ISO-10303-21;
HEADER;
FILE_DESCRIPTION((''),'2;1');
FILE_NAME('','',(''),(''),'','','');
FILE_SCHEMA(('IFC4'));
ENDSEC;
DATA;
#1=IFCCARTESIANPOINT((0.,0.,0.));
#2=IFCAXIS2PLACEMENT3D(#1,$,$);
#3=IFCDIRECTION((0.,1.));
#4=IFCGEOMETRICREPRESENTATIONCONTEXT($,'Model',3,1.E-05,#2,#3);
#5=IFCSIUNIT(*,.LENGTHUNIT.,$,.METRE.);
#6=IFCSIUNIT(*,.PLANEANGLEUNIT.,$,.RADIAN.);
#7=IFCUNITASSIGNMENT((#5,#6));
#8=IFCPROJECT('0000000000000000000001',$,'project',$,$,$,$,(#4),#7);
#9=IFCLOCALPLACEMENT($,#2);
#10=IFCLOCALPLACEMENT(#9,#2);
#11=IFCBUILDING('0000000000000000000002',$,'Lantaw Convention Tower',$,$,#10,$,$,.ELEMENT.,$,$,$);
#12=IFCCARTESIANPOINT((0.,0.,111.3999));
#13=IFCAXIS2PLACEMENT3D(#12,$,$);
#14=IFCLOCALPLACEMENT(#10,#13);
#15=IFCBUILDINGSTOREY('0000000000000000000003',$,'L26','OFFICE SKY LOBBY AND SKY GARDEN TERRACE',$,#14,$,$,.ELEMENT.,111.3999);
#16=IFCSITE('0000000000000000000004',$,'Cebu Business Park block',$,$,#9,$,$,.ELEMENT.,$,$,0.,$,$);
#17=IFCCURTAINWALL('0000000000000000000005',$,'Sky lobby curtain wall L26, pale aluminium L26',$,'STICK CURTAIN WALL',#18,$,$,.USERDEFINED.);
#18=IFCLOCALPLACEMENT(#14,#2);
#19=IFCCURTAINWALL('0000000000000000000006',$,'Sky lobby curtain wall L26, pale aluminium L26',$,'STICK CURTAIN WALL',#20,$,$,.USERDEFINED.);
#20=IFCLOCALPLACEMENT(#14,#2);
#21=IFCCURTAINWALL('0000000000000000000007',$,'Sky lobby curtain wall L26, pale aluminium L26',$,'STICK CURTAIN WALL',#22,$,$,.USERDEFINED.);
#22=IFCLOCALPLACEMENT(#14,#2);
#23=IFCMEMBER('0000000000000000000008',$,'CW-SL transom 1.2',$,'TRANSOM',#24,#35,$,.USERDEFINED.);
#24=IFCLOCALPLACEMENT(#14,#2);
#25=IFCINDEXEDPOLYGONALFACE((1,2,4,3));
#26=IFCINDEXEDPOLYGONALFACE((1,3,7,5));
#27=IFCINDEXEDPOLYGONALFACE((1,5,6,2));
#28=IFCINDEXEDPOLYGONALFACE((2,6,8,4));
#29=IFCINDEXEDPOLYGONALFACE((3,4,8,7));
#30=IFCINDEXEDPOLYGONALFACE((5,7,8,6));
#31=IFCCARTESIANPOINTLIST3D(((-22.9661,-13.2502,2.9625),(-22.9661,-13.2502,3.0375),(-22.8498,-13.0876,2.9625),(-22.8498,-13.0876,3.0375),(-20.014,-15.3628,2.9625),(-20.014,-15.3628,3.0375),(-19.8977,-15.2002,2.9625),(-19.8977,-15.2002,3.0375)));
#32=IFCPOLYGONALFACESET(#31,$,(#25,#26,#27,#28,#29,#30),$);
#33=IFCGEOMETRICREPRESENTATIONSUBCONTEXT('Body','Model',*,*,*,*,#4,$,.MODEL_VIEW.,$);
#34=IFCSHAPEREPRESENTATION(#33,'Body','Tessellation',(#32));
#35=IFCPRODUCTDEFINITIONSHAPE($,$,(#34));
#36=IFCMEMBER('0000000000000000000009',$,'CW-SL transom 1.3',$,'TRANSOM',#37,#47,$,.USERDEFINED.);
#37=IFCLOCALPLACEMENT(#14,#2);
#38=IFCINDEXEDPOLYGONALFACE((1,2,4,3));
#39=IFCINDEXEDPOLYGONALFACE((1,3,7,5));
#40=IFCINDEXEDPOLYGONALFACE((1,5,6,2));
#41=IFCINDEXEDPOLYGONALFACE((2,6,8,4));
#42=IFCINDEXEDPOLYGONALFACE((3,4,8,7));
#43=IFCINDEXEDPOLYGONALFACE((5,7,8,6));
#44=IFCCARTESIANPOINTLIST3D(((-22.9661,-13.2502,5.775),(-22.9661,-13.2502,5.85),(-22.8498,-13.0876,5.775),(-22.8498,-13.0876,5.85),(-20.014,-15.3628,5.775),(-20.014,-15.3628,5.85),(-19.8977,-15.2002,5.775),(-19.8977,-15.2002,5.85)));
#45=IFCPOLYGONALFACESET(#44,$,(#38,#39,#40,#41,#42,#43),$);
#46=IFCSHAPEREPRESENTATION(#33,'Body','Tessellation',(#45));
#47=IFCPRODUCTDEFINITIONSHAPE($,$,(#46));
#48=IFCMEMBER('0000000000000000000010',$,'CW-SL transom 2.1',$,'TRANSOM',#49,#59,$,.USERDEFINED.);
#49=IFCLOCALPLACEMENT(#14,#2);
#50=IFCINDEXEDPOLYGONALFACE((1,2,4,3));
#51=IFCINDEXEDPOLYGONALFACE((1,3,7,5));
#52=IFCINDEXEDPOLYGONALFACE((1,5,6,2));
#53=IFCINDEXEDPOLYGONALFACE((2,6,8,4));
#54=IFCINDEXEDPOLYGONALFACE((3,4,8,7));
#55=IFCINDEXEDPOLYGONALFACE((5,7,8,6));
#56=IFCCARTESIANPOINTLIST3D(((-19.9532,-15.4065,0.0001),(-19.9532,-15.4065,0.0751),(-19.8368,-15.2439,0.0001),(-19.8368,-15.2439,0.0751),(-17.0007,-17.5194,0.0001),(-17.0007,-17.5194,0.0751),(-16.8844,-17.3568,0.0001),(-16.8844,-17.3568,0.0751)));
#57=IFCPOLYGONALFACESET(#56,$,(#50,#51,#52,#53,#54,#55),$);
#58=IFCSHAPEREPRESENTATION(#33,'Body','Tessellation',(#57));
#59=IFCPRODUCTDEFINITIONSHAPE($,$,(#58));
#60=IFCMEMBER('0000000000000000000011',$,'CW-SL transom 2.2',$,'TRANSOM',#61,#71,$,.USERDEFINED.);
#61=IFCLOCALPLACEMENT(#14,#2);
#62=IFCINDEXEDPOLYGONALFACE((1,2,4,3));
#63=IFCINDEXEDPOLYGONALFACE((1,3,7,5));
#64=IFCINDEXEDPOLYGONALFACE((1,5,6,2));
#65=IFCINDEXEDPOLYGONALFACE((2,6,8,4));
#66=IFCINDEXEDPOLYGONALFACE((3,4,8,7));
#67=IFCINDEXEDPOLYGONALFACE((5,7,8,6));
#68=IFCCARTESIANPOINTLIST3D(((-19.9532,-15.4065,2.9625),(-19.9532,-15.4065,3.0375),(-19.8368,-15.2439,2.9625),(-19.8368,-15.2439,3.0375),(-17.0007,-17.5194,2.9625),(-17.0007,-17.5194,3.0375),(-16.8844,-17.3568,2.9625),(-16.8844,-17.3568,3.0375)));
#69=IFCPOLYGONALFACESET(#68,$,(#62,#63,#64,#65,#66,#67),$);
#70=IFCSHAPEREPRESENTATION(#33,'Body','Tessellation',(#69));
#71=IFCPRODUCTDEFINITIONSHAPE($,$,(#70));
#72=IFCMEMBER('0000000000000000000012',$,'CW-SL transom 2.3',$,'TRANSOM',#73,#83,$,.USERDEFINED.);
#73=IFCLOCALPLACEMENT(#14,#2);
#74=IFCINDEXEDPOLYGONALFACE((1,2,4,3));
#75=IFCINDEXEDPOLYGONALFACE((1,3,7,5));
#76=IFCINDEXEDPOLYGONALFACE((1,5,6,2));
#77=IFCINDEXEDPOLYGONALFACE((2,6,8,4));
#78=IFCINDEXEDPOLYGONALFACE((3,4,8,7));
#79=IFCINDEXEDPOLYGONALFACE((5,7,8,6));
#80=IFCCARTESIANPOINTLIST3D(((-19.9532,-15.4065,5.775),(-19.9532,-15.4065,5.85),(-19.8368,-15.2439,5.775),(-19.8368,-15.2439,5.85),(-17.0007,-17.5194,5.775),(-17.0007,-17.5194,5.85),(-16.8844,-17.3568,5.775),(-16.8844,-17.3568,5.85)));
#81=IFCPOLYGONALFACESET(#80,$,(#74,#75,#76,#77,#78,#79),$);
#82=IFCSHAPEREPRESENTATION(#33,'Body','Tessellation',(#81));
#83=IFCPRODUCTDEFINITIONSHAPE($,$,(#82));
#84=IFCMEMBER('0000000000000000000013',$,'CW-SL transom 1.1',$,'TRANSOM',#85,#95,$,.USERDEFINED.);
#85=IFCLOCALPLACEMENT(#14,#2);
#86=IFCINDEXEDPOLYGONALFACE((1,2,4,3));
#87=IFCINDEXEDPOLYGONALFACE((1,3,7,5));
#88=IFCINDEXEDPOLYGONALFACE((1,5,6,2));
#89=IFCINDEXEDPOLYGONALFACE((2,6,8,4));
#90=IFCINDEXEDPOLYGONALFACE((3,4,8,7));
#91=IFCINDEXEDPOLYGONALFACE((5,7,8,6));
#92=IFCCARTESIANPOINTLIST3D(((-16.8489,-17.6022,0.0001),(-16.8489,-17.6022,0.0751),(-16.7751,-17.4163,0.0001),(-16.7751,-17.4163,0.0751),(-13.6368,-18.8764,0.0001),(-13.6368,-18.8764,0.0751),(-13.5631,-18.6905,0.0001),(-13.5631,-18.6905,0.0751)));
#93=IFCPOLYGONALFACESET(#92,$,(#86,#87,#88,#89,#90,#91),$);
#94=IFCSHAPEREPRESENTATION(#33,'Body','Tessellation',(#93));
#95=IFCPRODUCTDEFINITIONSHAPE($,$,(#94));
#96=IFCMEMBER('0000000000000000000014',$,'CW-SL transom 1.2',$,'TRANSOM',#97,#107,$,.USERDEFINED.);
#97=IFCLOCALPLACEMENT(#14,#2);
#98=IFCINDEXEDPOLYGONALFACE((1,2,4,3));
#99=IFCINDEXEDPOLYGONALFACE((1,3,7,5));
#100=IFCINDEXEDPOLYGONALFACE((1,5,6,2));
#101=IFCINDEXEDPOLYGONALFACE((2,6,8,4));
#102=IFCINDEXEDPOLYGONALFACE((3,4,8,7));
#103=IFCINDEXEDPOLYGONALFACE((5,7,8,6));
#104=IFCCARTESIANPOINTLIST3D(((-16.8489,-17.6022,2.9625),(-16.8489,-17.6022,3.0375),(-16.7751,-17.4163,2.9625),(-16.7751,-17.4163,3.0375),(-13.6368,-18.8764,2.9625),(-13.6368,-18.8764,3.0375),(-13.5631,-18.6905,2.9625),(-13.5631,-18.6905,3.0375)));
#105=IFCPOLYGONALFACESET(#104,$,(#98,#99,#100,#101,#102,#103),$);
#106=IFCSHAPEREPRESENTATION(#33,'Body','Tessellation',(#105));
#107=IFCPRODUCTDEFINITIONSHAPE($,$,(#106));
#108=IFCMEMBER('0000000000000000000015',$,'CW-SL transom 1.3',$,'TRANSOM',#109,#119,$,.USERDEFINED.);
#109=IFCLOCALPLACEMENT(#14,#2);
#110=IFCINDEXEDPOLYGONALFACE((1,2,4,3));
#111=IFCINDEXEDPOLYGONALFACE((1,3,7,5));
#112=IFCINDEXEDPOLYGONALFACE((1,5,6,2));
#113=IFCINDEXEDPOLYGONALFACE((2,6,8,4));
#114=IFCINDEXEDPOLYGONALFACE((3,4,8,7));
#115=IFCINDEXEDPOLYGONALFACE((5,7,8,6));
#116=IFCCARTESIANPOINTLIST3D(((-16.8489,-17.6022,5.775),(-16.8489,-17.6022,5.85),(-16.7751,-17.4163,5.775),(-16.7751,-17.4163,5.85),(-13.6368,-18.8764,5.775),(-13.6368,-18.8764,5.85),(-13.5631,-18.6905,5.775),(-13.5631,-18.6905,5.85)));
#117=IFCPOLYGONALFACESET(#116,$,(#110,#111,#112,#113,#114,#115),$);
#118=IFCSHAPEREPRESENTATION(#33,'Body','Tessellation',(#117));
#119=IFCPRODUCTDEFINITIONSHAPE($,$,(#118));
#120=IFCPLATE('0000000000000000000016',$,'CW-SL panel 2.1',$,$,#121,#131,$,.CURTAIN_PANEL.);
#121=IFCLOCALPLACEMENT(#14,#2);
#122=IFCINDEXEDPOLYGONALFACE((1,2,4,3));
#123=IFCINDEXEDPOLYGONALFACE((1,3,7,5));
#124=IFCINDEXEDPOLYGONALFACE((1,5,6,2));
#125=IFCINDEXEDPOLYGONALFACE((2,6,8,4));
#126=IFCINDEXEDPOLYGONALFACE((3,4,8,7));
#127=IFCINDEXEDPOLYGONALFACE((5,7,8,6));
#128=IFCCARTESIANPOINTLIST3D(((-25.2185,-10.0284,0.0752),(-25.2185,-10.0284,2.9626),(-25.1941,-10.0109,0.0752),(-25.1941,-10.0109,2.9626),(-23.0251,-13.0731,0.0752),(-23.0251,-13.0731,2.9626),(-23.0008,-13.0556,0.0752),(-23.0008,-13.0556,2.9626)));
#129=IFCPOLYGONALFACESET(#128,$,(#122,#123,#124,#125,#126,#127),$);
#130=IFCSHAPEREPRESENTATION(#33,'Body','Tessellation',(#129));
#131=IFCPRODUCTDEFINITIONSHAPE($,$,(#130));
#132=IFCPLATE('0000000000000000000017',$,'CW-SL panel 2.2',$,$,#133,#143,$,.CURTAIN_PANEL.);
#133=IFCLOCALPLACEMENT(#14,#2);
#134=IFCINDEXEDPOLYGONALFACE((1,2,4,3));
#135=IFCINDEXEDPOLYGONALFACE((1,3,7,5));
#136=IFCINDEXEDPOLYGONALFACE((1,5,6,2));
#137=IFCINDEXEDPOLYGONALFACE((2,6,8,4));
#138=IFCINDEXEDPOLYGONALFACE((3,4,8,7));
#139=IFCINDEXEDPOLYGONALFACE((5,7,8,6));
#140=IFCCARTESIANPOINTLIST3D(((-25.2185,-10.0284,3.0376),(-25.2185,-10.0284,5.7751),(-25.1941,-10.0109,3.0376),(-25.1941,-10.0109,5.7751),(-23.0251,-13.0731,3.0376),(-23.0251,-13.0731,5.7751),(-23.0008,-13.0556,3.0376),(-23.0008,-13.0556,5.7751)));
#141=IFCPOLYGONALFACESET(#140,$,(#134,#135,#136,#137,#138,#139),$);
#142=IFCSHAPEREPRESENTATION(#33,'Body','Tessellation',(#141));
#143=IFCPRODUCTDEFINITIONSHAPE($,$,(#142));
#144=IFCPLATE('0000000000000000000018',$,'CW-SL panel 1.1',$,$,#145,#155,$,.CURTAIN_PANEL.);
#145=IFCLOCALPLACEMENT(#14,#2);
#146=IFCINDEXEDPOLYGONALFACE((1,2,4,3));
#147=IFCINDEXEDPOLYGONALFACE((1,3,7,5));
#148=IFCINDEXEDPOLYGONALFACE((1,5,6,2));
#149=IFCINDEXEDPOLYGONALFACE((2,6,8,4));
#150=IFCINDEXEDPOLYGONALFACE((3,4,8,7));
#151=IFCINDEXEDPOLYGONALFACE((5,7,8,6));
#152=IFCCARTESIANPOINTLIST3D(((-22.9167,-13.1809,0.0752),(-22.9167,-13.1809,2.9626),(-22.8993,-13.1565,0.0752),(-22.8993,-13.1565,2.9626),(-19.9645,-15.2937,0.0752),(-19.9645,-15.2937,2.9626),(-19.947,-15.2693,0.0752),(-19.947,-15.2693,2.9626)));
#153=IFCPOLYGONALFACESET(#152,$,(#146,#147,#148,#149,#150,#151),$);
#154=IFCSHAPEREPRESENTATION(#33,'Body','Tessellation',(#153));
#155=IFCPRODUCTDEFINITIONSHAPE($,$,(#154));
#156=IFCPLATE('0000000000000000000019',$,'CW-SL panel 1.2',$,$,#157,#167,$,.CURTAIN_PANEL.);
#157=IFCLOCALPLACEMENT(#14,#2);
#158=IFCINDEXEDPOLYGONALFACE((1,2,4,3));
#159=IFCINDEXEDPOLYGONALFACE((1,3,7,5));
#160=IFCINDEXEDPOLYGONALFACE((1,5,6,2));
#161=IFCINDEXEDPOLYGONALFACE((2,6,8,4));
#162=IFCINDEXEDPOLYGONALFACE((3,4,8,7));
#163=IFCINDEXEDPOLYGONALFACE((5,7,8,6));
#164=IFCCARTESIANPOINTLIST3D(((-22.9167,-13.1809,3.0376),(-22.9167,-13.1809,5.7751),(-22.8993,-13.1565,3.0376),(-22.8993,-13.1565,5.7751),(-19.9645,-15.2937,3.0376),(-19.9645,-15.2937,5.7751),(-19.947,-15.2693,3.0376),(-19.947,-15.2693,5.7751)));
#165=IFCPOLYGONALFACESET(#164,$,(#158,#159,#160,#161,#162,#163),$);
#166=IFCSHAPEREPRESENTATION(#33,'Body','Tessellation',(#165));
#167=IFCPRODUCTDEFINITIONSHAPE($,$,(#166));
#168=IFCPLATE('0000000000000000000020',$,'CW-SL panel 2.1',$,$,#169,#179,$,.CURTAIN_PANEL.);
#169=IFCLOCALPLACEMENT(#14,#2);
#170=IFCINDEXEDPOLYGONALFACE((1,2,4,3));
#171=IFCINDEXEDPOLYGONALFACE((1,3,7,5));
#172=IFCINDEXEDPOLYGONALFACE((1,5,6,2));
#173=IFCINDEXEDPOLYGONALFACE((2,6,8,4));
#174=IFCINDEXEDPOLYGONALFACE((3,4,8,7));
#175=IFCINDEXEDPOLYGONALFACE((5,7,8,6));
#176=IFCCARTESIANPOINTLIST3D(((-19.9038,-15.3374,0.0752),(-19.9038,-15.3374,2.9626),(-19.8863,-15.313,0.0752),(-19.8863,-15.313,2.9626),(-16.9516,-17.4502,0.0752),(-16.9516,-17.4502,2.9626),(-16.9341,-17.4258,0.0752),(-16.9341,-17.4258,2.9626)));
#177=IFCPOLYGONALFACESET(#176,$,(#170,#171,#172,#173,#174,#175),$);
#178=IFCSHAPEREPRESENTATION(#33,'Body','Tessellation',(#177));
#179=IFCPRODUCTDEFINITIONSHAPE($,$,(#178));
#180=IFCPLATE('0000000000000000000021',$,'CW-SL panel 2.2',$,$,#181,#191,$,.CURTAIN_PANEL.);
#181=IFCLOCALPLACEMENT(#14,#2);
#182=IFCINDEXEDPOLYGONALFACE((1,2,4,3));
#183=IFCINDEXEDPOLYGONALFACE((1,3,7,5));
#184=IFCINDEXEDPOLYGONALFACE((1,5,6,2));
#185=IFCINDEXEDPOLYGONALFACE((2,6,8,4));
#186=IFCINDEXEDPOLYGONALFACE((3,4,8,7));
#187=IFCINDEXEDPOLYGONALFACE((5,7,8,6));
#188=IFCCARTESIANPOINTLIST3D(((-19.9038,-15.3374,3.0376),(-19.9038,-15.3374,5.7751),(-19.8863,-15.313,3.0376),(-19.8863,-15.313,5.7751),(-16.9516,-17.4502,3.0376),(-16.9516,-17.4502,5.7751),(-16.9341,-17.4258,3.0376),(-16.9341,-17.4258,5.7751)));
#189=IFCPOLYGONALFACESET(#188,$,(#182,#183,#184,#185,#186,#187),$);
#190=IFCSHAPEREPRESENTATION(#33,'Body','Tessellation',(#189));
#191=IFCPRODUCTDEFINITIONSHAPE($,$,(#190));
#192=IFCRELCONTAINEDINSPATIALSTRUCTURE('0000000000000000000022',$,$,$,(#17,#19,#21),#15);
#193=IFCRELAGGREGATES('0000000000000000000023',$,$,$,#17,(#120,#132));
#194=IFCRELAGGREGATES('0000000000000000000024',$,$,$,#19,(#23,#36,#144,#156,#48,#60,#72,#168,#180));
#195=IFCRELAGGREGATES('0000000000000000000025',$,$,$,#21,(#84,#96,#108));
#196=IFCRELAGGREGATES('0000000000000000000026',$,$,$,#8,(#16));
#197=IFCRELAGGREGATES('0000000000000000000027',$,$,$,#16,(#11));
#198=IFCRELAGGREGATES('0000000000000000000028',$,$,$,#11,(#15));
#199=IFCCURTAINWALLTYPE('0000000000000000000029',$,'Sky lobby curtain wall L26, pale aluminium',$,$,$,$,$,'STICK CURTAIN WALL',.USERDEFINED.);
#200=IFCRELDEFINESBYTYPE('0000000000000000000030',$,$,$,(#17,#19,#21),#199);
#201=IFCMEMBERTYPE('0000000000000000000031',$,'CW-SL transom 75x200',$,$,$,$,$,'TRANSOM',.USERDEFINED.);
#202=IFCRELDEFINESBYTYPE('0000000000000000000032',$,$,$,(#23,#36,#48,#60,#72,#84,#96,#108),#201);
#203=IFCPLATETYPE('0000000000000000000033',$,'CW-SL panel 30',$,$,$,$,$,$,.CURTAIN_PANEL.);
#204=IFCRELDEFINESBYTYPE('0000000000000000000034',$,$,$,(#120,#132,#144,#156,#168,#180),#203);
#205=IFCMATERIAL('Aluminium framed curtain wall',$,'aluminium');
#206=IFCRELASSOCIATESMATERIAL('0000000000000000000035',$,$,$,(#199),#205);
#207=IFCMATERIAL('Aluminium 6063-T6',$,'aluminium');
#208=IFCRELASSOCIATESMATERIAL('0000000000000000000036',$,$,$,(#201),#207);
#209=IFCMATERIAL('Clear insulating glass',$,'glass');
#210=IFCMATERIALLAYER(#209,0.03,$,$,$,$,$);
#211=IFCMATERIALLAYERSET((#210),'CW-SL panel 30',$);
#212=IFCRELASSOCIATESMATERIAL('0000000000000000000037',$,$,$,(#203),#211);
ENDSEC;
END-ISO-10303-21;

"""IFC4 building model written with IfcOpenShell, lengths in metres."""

from ifc_helpers import new_model, si_unit, direction, frame, origin, origin_2d, place, context, subcontext, project, spatial, rectangle, extrude, material, layer, layer_set, material_profile, profile_set, type_object, element, aggregate, save


model = new_model("IFC4")

# Units and contexts
model_context = context("Model", 3, precision=1e-05, world=origin(), true_north=direction((0.0, 1.0)))
body_context = subcontext(model_context, "Body", "Model", "MODEL_VIEW")
ifc_project = project(units=[si_unit("LENGTHUNIT", "METRE"), si_unit("PLANEANGLEUNIT", "RADIAN")], contexts=[model_context])

# Site, building, storey
site_placement = place(None, origin())
site = spatial("IfcSite", under=ifc_project, at=site_placement, Name="Cebu Business Park block", CompositionType="ELEMENT", RefElevation=0.0)
building_placement = place(site_placement, origin())
building = spatial("IfcBuilding", under=site, at=building_placement, Name="Lantaw Convention Tower", CompositionType="ELEMENT")
storey_placement = place(building_placement, frame((0.0, 0.0, 111.3999)))
storey = spatial("IfcBuildingStorey", under=building, at=storey_placement, Name="L26", Description="OFFICE SKY LOBBY AND SKY GARDEN TERRACE", CompositionType="ELEMENT", Elevation=111.3999)

# Curtain wall
ifc_material_1 = material(Name="Aluminium framed curtain wall", Category="aluminium")
curtain_wall_type = type_object("IfcCurtainWallType", Name="Sky lobby curtain wall L26, pale aluminium", ElementType="STICK CURTAIN WALL", PredefinedType="USERDEFINED", material=ifc_material_1)
curtain_wall_1_placement = place(storey_placement, origin())
curtain_wall_1 = element("IfcCurtainWall", 1, at=curtain_wall_1_placement, inside=storey, type_object=curtain_wall_type, Name="Sky lobby curtain wall L26, pale aluminium L26", ObjectType="STICK CURTAIN WALL", PredefinedType="USERDEFINED")
ifc_material_2 = material(Name="Aluminium 6063-T6", Category="aluminium")

# Curtain walls
curtain_wall_2_placement = place(storey_placement, origin())
curtain_wall_2 = element("IfcCurtainWall", 2, at=curtain_wall_2_placement, inside=storey, type_object=curtain_wall_type, Name="Sky lobby curtain wall L26, pale aluminium L26", ObjectType="STICK CURTAIN WALL", PredefinedType="USERDEFINED")
curtain_wall_3_placement = place(storey_placement, origin())
curtain_wall_3 = element("IfcCurtainWall", 3, at=curtain_wall_3_placement, inside=storey, type_object=curtain_wall_type, Name="Sky lobby curtain wall L26, pale aluminium L26", ObjectType="STICK CURTAIN WALL", PredefinedType="USERDEFINED")

# Members
ifc_material_profile_1 = material_profile(ifc_material_2, rectangle(XDim=0.2, YDim=0.075, at=origin_2d()), Name="CW-SL transom 75x200")
ifc_profile_set_1 = profile_set([ifc_material_profile_1], Name="Aluminium 6063-T6")
member_type_1 = type_object("IfcMemberType", Name="CW-SL transom 75x200", ElementType="TRANSOM", PredefinedType="USERDEFINED", material=ifc_profile_set_1)
member_1_placement = place(storey_placement, frame((-22.908, -13.1689, 3.0), z_axis=(0.813229, -0.581944, 0.0), x_axis=(0.581944, 0.813229, 0.0)))
member_1 = element("IfcMember", 4, at=member_1_placement, type_object=member_type_1, Name="CW-SL transom 1.2", ObjectType="TRANSOM", PredefinedType="USERDEFINED", context=body_context, shape_type="SweptSolid", body=[
    extrude(rectangle(XDim=0.2, YDim=0.075, at=origin_2d()), origin(), (0.0, 0.0, 1.0), 3.6301),
])
member_2_placement = place(storey_placement, frame((-22.908, -13.1689, 5.8125), z_axis=(0.813229, -0.581944, 0.0), x_axis=(0.581944, 0.813229, 0.0)))
member_2 = element("IfcMember", 5, at=member_2_placement, type_object=member_type_1, Name="CW-SL transom 1.3", ObjectType="TRANSOM", PredefinedType="USERDEFINED", context=body_context, shape_type="SweptSolid", body=[
    extrude(rectangle(XDim=0.2, YDim=0.075, at=origin_2d()), origin(), (0.0, 0.0, 1.0), 3.6301),
])
member_3_placement = place(storey_placement, frame((-19.895, -15.3252, 0.0376), z_axis=(0.81322, -0.581957, 0.0), x_axis=(0.581957, 0.81322, 0.0)))
member_3 = element("IfcMember", 6, at=member_3_placement, type_object=member_type_1, Name="CW-SL transom 2.1", ObjectType="TRANSOM", PredefinedType="USERDEFINED", context=body_context, shape_type="SweptSolid", body=[
    extrude(rectangle(XDim=0.2, YDim=0.075, at=origin_2d()), origin(), (0.0, 0.0, 1.0), 3.6306),
])
member_4_placement = place(storey_placement, frame((-19.895, -15.3252, 3.0), z_axis=(0.81322, -0.581957, 0.0), x_axis=(0.581957, 0.81322, 0.0)))
member_4 = element("IfcMember", 7, at=member_4_placement, type_object=member_type_1, Name="CW-SL transom 2.2", ObjectType="TRANSOM", PredefinedType="USERDEFINED", context=body_context, shape_type="SweptSolid", body=[
    extrude(rectangle(XDim=0.2, YDim=0.075, at=origin_2d()), origin(), (0.0, 0.0, 1.0), 3.6306),
])
member_5_placement = place(storey_placement, frame((-19.895, -15.3252, 5.8125), z_axis=(0.81322, -0.581957, 0.0), x_axis=(0.581957, 0.81322, 0.0)))
member_5 = element("IfcMember", 8, at=member_5_placement, type_object=member_type_1, Name="CW-SL transom 2.3", ObjectType="TRANSOM", PredefinedType="USERDEFINED", context=body_context, shape_type="SweptSolid", body=[
    extrude(rectangle(XDim=0.2, YDim=0.075, at=origin_2d()), origin(), (0.0, 0.0, 1.0), 3.6306),
])
member_6_placement = place(storey_placement, frame((-16.812, -17.5093, 0.0376), z_axis=(0.92954, -0.368722, 0.0), x_axis=(0.368722, 0.92954, 0.0)))
member_6 = element("IfcMember", 9, at=member_6_placement, type_object=member_type_1, Name="CW-SL transom 1.1", ObjectType="TRANSOM", PredefinedType="USERDEFINED", context=body_context, shape_type="SweptSolid", body=[
    extrude(rectangle(XDim=0.2, YDim=0.075, at=origin_2d()), origin(), (0.0, 0.0, 1.0), 3.4556),
])
member_7_placement = place(storey_placement, frame((-16.812, -17.5093, 3.0), z_axis=(0.92954, -0.368722, 0.0), x_axis=(0.368722, 0.92954, 0.0)))
member_7 = element("IfcMember", 10, at=member_7_placement, type_object=member_type_1, Name="CW-SL transom 1.2", ObjectType="TRANSOM", PredefinedType="USERDEFINED", context=body_context, shape_type="SweptSolid", body=[
    extrude(rectangle(XDim=0.2, YDim=0.075, at=origin_2d()), origin(), (0.0, 0.0, 1.0), 3.4556),
])
member_8_placement = place(storey_placement, frame((-16.812, -17.5093, 5.8125), z_axis=(0.92954, -0.368722, 0.0), x_axis=(0.368722, 0.92954, 0.0)))
member_8 = element("IfcMember", 11, at=member_8_placement, type_object=member_type_1, Name="CW-SL transom 1.3", ObjectType="TRANSOM", PredefinedType="USERDEFINED", context=body_context, shape_type="SweptSolid", body=[
    extrude(rectangle(XDim=0.2, YDim=0.075, at=origin_2d()), origin(), (0.0, 0.0, 1.0), 3.4556),
])

# Plates
ifc_material_3 = material(Name="Clear insulating glass", Category="glass")
ifc_layer_1 = layer(ifc_material_3, 0.03)
ifc_layer_set_1 = layer_set([ifc_layer_1], Name="CW-SL panel 30")
plate_type_1 = type_object("IfcPlateType", Name="CW-SL panel 30", PredefinedType="CURTAIN_PANEL", material=ifc_layer_set_1)
plate_1_placement = place(storey_placement, frame((-24.1096, -11.542, 0.0752), z_axis=(0.0, 0.0, 1.0), x_axis=(0.584513, -0.811385, 0.0)))
plate_1 = element("IfcPlate", 12, at=plate_1_placement, type_object=plate_type_1, Name="CW-SL panel 2.1", PredefinedType="CURTAIN_PANEL", context=body_context, shape_type="SweptSolid", body=[
    extrude(rectangle(XDim=3.7524, YDim=0.03, at=origin_2d()), origin(), (0.0, 0.0, 1.0), 2.8875),
])
plate_2_placement = place(storey_placement, frame((-24.1096, -11.542, 3.0376), z_axis=(0.0, 0.0, 1.0), x_axis=(0.584513, -0.811385, 0.0)))
plate_2 = element("IfcPlate", 13, at=plate_2_placement, type_object=plate_type_1, Name="CW-SL panel 2.2", PredefinedType="CURTAIN_PANEL", context=body_context, shape_type="SweptSolid", body=[
    extrude(rectangle(XDim=3.7524, YDim=0.03, at=origin_2d()), origin(), (0.0, 0.0, 1.0), 2.7375),
])
aggregate(curtain_wall_1, [plate_1, plate_2])
plate_3_placement = place(storey_placement, frame((-21.4319, -14.2251, 0.0752), z_axis=(0.0, 0.0, 1.0), x_axis=(0.813208, -0.581973, 0.0)))
plate_3 = element("IfcPlate", 14, at=plate_3_placement, type_object=plate_type_1, Name="CW-SL panel 1.1", PredefinedType="CURTAIN_PANEL", context=body_context, shape_type="SweptSolid", body=[
    extrude(rectangle(XDim=3.6304, YDim=0.03, at=origin_2d()), origin(), (0.0, 0.0, 1.0), 2.8875),
])
plate_4_placement = place(storey_placement, frame((-21.4319, -14.2251, 3.0376), z_axis=(0.0, 0.0, 1.0), x_axis=(0.813208, -0.581973, 0.0)))
plate_4 = element("IfcPlate", 15, at=plate_4_placement, type_object=plate_type_1, Name="CW-SL panel 1.2", PredefinedType="CURTAIN_PANEL", context=body_context, shape_type="SweptSolid", body=[
    extrude(rectangle(XDim=3.6304, YDim=0.03, at=origin_2d()), origin(), (0.0, 0.0, 1.0), 2.7375),
])
plate_5_placement = place(storey_placement, frame((-18.4189, -16.3816, 0.0752), z_axis=(0.0, 0.0, 1.0), x_axis=(0.813208, -0.581973, 0.0)))
plate_5 = element("IfcPlate", 16, at=plate_5_placement, type_object=plate_type_1, Name="CW-SL panel 2.1", PredefinedType="CURTAIN_PANEL", context=body_context, shape_type="SweptSolid", body=[
    extrude(rectangle(XDim=3.6304, YDim=0.03, at=origin_2d()), origin(), (0.0, 0.0, 1.0), 2.8875),
])
plate_6_placement = place(storey_placement, frame((-18.4189, -16.3816, 3.0376), z_axis=(0.0, 0.0, 1.0), x_axis=(0.813208, -0.581973, 0.0)))
plate_6 = element("IfcPlate", 17, at=plate_6_placement, type_object=plate_type_1, Name="CW-SL panel 2.2", PredefinedType="CURTAIN_PANEL", context=body_context, shape_type="SweptSolid", body=[
    extrude(rectangle(XDim=3.6304, YDim=0.03, at=origin_2d()), origin(), (0.0, 0.0, 1.0), 2.7375),
])
aggregate(curtain_wall_2, [member_1, member_2, plate_3, plate_4, member_3, member_4, member_5, plate_5, plate_6])
aggregate(curtain_wall_3, [member_6, member_7, member_8])

save(model, "model.ifc")
